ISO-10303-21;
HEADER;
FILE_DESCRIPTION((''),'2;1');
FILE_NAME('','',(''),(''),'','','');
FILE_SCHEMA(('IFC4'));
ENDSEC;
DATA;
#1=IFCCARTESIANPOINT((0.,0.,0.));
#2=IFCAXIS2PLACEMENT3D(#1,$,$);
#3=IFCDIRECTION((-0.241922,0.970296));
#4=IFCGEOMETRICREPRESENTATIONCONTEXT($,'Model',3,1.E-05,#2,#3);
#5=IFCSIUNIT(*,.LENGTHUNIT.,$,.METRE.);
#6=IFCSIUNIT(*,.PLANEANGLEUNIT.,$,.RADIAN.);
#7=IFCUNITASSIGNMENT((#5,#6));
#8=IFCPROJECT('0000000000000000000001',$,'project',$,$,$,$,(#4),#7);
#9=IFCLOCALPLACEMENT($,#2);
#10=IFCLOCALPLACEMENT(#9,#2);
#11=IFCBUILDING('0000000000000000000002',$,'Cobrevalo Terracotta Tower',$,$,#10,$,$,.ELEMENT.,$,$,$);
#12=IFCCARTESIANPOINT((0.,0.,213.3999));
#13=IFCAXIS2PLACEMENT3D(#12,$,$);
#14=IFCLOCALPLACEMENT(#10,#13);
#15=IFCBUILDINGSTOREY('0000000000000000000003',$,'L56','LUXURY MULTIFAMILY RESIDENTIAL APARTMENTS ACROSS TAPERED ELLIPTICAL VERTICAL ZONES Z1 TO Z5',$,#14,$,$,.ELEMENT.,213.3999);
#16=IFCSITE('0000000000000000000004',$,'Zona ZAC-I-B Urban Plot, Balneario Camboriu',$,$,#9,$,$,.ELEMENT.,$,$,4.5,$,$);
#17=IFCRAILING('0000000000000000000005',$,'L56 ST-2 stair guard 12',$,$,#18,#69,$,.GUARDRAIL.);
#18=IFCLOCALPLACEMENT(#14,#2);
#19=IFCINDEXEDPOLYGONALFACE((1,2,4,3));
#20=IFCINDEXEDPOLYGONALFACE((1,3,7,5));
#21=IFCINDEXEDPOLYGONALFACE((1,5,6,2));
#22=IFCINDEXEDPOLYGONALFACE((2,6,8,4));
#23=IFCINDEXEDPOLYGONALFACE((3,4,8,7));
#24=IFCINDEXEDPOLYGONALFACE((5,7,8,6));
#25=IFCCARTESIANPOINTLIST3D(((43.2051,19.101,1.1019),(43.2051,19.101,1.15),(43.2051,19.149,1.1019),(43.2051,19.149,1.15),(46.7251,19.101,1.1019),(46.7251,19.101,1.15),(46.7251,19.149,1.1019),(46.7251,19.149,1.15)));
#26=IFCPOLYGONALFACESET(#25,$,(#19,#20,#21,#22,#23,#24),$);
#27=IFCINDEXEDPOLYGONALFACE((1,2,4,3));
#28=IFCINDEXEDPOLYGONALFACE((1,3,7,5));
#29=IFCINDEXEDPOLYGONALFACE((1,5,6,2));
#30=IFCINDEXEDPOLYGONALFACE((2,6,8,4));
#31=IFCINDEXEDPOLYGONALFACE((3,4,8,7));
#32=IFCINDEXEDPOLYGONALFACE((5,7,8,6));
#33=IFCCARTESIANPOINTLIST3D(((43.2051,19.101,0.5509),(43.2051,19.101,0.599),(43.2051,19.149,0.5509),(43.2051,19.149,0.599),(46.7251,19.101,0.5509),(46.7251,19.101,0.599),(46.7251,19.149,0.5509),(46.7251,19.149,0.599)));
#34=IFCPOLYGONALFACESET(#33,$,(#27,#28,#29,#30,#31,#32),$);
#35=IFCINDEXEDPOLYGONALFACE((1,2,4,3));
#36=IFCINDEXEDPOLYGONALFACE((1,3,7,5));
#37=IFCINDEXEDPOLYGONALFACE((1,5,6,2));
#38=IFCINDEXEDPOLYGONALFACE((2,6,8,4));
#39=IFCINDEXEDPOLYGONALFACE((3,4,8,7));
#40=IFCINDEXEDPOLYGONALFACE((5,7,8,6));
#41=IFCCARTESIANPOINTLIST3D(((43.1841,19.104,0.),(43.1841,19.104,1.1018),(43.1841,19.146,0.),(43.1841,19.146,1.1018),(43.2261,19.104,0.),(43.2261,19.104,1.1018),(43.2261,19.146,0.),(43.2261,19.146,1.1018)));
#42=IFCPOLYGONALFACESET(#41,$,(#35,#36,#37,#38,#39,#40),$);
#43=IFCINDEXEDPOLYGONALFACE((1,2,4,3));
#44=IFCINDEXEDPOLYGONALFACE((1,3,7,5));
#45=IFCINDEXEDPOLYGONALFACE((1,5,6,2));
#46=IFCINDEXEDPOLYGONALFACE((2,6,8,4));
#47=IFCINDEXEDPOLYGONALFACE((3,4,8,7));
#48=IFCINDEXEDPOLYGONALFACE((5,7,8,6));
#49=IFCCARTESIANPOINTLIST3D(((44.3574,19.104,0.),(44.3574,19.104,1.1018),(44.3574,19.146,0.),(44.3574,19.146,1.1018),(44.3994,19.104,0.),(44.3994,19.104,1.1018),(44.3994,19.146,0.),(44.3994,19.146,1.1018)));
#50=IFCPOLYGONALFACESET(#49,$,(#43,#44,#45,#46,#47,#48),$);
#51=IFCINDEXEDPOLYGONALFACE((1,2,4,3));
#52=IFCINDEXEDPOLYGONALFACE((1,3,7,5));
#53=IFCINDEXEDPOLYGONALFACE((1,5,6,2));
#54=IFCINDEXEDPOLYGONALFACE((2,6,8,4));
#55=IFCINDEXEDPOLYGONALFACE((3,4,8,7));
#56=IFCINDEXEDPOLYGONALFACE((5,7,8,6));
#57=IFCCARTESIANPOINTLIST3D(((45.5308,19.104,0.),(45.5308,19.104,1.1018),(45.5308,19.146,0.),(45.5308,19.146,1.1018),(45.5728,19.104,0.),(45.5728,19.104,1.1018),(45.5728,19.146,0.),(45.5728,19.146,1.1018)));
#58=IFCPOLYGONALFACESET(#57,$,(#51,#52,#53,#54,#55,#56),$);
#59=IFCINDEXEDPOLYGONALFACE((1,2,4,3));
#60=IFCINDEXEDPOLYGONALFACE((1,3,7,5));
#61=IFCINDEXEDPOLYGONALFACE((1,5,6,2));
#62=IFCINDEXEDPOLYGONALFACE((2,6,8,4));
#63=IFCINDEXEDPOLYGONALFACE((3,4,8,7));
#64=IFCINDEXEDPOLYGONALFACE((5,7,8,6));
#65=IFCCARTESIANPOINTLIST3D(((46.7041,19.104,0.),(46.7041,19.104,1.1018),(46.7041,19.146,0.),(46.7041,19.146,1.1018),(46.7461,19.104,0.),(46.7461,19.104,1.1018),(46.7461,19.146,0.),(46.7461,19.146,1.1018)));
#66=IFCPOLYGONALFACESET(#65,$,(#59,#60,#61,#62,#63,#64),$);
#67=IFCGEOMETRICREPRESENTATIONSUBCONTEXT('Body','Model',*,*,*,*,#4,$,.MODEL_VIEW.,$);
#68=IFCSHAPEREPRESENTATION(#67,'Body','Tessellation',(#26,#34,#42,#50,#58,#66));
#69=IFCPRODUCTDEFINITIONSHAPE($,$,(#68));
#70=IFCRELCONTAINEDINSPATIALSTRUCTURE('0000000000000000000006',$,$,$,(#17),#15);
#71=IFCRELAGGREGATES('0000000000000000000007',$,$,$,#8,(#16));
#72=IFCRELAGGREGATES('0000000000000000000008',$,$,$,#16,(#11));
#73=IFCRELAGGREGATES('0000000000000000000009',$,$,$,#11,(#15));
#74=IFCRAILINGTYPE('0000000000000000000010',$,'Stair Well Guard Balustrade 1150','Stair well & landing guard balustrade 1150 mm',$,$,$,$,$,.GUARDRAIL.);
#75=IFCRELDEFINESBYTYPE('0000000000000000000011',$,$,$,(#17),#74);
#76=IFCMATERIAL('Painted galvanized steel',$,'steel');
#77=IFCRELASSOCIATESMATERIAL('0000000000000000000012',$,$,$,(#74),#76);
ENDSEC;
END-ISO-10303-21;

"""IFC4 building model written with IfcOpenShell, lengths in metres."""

from ifc_helpers import new_model, si_unit, direction, frame, origin, origin_2d, place, context, subcontext, project, spatial, rectangle, extrude, material, type_object, element, save


model = new_model("IFC4")

# Units and contexts
model_context = context("Model", 3, precision=1e-05, world=origin(), true_north=direction((-0.241922, 0.970296)))
body_context = subcontext(model_context, "Body", "Model", "MODEL_VIEW")
ifc_project = project(units=[si_unit("LENGTHUNIT", "METRE"), si_unit("PLANEANGLEUNIT", "RADIAN")], contexts=[model_context])

# Site, building, storey
site_placement = place(None, origin())
site = spatial("IfcSite", under=ifc_project, at=site_placement, Name="Zona ZAC-I-B Urban Plot, Balneario Camboriu", CompositionType="ELEMENT", RefElevation=4.5)
building_placement = place(site_placement, origin())
building = spatial("IfcBuilding", under=site, at=building_placement, Name="Cobrevalo Terracotta Tower", CompositionType="ELEMENT")
storey_placement = place(building_placement, frame((0.0, 0.0, 213.3999)))
storey = spatial("IfcBuildingStorey", under=building, at=storey_placement, Name="L56", Description="LUXURY MULTIFAMILY RESIDENTIAL APARTMENTS ACROSS TAPERED ELLIPTICAL VERTICAL ZONES Z1 TO Z5", CompositionType="ELEMENT", Elevation=213.3999)

# Railing
ifc_material_1 = material(Name="Painted galvanized steel", Category="steel")
railing_type_1 = type_object("IfcRailingType", Name="Stair Well Guard Balustrade 1150", Description="Stair well & landing guard balustrade 1150 mm", PredefinedType="GUARDRAIL", material=ifc_material_1)
railing_1_placement = place(storey_placement, frame((43.2051, 19.125, 0.0)))
element("IfcRailing", 1, at=railing_1_placement, inside=storey, type_object=railing_type_1, Name="L56 ST-2 stair guard 12", PredefinedType="GUARDRAIL", context=body_context, shape_type="SweptSolid", body=[
    extrude(rectangle(XDim=0.0481, YDim=0.0481, at=origin_2d()), frame((0.0, 0.0, 1.126), z_axis=(1.0, 0.0, 0.0), x_axis=(0.0, 1.0, 0.0)), (0.0, 0.0, 1.0), 3.52),
    extrude(rectangle(XDim=0.0481, YDim=0.0481, at=origin_2d()), frame((0.0, 0.0, 0.575), z_axis=(1.0, 0.0, 0.0), x_axis=(0.0, 1.0, 0.0)), (0.0, 0.0, 1.0), 3.52),
    extrude(rectangle(XDim=0.042, YDim=0.042, at=origin_2d()), origin(), (0.0, 0.0, 1.0), 1.1018),
    extrude(rectangle(XDim=0.042, YDim=0.042, at=origin_2d()), frame((1.1733, 0.0, 0.0)), (0.0, 0.0, 1.0), 1.1018),
    extrude(rectangle(XDim=0.042, YDim=0.042, at=origin_2d()), frame((2.3467, 0.0, 0.0)), (0.0, 0.0, 1.0), 1.1018),
    extrude(rectangle(XDim=0.042, YDim=0.042, at=origin_2d()), frame((3.52, 0.0, 0.0)), (0.0, 0.0, 1.0), 1.1018),
])

save(model, "model.ifc")
